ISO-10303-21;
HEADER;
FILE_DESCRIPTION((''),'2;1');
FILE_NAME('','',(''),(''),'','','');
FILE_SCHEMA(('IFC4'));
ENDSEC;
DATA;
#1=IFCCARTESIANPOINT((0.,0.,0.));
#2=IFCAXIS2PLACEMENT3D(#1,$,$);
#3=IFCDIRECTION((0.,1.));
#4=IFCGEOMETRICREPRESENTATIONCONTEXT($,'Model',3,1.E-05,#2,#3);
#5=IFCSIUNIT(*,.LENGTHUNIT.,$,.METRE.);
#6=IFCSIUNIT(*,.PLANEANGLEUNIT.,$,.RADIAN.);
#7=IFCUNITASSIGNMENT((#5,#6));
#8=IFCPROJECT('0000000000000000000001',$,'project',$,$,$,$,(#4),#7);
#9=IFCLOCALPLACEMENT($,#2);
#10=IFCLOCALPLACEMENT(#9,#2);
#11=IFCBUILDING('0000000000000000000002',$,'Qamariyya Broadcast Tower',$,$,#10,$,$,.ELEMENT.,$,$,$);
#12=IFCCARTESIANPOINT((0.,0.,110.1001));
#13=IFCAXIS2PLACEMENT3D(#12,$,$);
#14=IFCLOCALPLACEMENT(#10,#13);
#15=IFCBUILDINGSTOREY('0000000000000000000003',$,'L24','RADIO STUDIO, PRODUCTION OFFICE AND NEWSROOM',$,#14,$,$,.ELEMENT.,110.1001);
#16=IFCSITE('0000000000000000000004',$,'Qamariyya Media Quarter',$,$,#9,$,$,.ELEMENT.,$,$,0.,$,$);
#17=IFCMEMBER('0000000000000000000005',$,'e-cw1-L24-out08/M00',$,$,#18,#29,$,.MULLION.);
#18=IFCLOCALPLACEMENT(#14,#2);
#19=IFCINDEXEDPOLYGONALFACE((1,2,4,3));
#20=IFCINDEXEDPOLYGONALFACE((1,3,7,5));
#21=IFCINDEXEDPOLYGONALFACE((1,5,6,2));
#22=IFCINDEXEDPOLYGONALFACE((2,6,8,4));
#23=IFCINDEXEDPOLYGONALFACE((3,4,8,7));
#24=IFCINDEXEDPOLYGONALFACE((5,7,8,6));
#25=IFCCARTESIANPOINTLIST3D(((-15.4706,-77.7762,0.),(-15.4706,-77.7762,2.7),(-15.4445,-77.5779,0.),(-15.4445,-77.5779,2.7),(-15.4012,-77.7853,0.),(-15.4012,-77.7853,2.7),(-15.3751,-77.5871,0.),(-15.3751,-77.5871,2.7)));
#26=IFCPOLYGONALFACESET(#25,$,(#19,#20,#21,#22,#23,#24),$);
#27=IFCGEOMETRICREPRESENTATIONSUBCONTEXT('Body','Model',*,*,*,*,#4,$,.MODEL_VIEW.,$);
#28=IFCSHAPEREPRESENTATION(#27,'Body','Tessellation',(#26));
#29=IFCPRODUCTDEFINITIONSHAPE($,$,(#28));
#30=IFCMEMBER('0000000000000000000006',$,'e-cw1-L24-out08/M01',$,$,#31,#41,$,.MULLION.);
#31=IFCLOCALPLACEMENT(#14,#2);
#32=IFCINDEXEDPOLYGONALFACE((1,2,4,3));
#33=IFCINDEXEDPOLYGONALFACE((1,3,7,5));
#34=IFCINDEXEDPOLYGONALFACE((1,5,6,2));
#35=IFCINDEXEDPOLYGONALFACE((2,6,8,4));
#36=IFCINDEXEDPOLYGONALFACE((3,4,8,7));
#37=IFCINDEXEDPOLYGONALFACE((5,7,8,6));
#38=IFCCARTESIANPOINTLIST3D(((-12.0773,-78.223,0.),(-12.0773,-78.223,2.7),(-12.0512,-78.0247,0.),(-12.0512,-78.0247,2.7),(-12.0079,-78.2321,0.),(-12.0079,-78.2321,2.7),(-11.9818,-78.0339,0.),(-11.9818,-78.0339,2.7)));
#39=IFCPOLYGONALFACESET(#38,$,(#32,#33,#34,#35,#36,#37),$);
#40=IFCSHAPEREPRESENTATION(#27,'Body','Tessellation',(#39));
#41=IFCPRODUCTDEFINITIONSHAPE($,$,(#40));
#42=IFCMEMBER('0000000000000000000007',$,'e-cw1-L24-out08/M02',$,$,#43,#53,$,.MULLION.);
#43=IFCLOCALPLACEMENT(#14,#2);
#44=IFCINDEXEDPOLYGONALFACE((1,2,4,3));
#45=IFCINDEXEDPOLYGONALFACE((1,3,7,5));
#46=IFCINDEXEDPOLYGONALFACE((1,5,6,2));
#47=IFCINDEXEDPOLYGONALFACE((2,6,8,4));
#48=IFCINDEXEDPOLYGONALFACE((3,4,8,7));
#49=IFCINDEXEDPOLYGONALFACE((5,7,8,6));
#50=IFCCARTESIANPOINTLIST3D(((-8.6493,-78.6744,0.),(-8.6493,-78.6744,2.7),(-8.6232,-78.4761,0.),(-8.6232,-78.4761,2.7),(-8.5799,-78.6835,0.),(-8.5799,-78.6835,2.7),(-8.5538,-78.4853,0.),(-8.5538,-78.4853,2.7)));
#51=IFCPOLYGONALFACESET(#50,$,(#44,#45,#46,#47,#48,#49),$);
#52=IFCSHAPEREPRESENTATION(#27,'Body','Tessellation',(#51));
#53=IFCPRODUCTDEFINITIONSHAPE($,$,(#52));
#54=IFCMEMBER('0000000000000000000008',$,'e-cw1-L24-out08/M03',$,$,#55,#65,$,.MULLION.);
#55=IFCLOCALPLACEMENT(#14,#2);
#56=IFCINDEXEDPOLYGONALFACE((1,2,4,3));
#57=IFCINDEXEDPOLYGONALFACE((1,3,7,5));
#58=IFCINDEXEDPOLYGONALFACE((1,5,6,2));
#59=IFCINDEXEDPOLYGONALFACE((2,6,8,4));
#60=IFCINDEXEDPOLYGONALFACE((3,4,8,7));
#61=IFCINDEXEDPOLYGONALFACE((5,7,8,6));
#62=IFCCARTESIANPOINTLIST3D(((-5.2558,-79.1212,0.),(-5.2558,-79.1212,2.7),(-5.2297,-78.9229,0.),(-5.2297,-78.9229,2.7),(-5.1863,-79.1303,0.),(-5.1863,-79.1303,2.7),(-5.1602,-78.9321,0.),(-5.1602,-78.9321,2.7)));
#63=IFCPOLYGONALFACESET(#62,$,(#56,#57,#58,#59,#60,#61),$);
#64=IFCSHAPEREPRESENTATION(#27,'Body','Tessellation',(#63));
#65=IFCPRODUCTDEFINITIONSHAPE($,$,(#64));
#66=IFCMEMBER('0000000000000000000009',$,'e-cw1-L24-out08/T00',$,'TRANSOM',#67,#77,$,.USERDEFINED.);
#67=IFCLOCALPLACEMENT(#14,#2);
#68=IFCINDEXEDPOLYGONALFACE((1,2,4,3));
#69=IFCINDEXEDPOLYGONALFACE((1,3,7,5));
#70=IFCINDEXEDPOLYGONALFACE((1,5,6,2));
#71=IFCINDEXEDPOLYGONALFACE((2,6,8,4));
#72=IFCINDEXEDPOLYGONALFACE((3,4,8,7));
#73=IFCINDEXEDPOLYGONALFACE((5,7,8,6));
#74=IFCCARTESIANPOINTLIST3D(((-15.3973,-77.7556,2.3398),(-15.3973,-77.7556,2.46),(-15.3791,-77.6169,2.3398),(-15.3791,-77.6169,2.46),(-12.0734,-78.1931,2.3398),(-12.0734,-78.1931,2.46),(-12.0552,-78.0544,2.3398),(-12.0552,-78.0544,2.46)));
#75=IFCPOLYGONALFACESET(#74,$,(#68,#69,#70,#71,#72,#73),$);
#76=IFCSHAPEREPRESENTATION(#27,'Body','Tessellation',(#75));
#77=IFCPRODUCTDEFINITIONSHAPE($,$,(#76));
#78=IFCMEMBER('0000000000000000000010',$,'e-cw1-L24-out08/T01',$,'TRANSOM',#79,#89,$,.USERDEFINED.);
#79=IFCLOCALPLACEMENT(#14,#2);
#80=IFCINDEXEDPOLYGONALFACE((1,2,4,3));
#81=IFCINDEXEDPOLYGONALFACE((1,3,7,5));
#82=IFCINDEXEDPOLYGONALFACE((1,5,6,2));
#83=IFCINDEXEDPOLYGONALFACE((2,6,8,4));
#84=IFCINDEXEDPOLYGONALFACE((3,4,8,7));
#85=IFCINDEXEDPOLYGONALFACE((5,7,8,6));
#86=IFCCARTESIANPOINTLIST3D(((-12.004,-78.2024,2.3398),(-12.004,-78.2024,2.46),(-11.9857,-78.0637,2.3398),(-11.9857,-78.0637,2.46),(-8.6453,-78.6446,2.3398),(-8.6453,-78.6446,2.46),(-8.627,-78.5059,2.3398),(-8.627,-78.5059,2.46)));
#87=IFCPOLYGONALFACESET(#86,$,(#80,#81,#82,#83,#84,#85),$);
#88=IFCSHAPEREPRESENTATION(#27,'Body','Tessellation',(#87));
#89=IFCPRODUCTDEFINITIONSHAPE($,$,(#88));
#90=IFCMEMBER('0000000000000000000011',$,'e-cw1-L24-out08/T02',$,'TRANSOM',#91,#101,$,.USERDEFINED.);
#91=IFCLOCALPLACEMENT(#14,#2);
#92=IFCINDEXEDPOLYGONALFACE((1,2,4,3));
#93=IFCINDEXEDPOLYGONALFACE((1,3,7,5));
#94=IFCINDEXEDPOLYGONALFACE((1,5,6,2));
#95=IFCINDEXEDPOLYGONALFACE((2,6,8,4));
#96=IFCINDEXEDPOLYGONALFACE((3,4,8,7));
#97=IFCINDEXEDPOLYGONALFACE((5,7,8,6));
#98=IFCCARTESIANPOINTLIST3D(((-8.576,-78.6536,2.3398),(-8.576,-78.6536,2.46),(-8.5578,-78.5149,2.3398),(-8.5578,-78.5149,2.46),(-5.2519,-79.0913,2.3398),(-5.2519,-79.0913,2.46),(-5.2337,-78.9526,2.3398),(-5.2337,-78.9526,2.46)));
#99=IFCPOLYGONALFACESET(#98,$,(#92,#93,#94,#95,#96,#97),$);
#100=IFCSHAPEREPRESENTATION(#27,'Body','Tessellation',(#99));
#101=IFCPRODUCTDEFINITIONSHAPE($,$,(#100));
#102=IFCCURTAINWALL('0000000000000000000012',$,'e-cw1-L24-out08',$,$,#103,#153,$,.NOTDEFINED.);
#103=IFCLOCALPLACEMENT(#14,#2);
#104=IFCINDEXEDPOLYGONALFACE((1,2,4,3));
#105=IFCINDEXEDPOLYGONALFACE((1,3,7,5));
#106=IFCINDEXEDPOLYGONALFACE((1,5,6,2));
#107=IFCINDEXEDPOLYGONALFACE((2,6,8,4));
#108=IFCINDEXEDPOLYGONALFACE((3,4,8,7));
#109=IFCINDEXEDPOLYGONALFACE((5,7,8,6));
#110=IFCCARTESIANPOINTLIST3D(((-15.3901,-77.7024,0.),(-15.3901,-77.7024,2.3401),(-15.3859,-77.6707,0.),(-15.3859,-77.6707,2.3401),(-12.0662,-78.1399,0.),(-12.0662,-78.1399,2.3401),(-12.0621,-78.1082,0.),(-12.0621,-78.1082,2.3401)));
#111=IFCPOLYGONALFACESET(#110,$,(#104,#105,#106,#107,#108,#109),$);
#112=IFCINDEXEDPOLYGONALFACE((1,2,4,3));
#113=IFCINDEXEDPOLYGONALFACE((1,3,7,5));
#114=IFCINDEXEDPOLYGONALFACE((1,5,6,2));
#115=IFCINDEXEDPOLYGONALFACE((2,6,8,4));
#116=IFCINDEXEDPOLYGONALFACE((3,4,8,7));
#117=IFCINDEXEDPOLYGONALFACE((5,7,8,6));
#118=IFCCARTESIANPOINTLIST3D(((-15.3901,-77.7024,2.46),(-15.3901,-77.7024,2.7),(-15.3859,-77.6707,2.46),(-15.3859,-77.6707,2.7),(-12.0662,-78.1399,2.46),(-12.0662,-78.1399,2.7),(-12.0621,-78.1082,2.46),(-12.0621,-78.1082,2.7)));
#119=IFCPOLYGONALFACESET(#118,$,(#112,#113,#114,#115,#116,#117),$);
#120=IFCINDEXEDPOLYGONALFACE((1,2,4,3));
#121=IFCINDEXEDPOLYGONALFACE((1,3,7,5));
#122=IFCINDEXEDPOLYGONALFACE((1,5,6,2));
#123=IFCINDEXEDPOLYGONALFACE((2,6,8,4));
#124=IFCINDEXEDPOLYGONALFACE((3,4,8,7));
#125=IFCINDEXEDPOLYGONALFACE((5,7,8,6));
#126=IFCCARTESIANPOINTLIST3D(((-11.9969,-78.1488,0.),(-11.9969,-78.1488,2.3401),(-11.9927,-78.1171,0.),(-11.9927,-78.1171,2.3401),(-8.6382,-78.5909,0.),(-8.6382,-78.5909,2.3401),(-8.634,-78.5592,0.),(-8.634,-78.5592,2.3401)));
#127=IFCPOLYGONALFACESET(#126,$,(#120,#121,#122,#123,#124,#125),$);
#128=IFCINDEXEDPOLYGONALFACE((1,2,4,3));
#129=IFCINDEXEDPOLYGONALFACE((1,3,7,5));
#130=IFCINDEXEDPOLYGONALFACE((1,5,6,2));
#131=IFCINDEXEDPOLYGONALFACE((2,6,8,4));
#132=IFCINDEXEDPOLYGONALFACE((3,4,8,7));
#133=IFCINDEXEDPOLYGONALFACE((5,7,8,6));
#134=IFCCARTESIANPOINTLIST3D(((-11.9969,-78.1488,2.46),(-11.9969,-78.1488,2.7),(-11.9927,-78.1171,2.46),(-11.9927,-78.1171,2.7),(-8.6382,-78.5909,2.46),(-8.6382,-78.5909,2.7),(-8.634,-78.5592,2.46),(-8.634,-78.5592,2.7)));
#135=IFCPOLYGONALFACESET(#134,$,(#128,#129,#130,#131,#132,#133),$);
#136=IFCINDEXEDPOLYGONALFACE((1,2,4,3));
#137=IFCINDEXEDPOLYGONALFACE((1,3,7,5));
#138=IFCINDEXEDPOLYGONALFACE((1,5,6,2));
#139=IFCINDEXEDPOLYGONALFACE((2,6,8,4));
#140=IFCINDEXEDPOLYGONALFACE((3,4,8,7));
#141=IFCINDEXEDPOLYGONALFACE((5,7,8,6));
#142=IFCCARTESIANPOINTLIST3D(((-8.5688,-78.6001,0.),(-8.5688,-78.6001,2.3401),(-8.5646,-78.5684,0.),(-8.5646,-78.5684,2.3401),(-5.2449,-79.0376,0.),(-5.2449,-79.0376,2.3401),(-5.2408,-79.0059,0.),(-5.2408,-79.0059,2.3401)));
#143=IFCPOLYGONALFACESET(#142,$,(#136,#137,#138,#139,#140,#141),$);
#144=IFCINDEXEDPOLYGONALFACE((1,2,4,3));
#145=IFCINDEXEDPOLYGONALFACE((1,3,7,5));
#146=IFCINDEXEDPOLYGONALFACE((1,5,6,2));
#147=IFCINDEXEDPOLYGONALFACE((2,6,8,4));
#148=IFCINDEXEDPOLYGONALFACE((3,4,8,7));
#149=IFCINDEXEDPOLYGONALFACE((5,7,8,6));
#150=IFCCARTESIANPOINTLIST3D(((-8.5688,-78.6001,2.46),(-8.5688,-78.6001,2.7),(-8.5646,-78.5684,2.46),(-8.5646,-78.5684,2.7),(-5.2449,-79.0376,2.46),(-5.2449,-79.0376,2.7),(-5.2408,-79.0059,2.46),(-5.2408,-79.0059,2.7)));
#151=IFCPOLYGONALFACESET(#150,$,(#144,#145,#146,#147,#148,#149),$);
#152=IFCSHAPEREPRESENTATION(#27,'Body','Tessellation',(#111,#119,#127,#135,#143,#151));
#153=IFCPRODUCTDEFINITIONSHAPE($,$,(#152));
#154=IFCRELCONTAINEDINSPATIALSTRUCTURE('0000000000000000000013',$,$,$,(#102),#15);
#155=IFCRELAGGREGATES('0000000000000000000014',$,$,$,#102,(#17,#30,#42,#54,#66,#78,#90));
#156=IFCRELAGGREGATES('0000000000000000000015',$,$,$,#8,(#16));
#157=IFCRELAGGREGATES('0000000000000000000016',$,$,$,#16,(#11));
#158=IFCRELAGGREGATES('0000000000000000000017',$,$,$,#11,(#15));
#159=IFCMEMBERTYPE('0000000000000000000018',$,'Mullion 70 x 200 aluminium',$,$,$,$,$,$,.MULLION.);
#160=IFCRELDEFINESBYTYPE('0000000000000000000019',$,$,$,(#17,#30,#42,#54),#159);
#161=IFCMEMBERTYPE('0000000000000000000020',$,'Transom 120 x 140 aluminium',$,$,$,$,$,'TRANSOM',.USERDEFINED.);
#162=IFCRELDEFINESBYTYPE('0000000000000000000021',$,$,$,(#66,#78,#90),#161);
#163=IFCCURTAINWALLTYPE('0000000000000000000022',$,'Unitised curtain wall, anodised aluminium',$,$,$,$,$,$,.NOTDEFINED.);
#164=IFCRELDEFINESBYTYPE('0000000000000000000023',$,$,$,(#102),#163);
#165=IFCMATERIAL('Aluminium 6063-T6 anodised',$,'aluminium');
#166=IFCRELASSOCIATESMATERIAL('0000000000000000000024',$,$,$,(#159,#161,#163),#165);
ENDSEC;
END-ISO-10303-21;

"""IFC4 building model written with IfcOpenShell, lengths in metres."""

from ifc_helpers import new_model, si_unit, direction, frame, origin, origin_2d, place, context, subcontext, project, spatial, rectangle, extrude, material, material_profile, profile_set, type_object, element, aggregate, save


model = new_model("IFC4")

# Units and contexts
model_context = context("Model", 3, precision=1e-05, world=origin(), true_north=direction((0.0, 1.0)))
body_context = subcontext(model_context, "Body", "Model", "MODEL_VIEW")
ifc_project = project(units=[si_unit("LENGTHUNIT", "METRE"), si_unit("PLANEANGLEUNIT", "RADIAN")], contexts=[model_context])

# Members
ifc_material = material(Name="Aluminium 6063-T6 anodised", Category="aluminium")
ifc_material_profile_1 = material_profile(ifc_material, rectangle(XDim=0.2, YDim=0.0701, at=origin_2d()))
ifc_profile_set_1 = profile_set([ifc_material_profile_1], Name="Aluminium 6063-T6 anodised")
member_type_1 = type_object("IfcMemberType", Name="Mullion 70 x 200 aluminium", PredefinedType="MULLION", material=ifc_profile_set_1)
site_placement = place(None, origin())
building_placement = place(site_placement, origin())
storey_placement = place(building_placement, frame((0.0, 0.0, 110.1001)))
member_1_placement = place(storey_placement, frame((-15.4229, -77.6816, 0.0), z_axis=(0.0, 0.0, 1.0), x_axis=(0.130526, 0.991445, 0.0)))
member_1 = element("IfcMember", 1, at=member_1_placement, type_object=member_type_1, Name="e-cw1-L24-out08/M00", PredefinedType="MULLION", context=body_context, shape_type="SweptSolid", body=[
    extrude(rectangle(XDim=0.2, YDim=0.0701, at=origin_2d()), origin(), (0.0, 0.0, 1.0), 2.7),
])
member_2_placement = place(storey_placement, frame((-12.0295, -78.1284, 0.0), z_axis=(0.0, 0.0, 1.0), x_axis=(0.130526, 0.991445, 0.0)))
member_2 = element("IfcMember", 2, at=member_2_placement, type_object=member_type_1, Name="e-cw1-L24-out08/M01", PredefinedType="MULLION", context=body_context, shape_type="SweptSolid", body=[
    extrude(rectangle(XDim=0.2, YDim=0.0701, at=origin_2d()), origin(), (0.0, 0.0, 1.0), 2.7),
])
member_3_placement = place(storey_placement, frame((-8.6016, -78.5798, 0.0), z_axis=(0.0, 0.0, 1.0), x_axis=(0.130526, 0.991445, 0.0)))
member_3 = element("IfcMember", 3, at=member_3_placement, type_object=member_type_1, Name="e-cw1-L24-out08/M02", PredefinedType="MULLION", context=body_context, shape_type="SweptSolid", body=[
    extrude(rectangle(XDim=0.2, YDim=0.0701, at=origin_2d()), origin(), (0.0, 0.0, 1.0), 2.7),
])
member_4_placement = place(storey_placement, frame((-5.208, -79.0266, 0.0), z_axis=(0.0, 0.0, 1.0), x_axis=(0.130526, 0.991445, 0.0)))
member_4 = element("IfcMember", 4, at=member_4_placement, type_object=member_type_1, Name="e-cw1-L24-out08/M03", PredefinedType="MULLION", context=body_context, shape_type="SweptSolid", body=[
    extrude(rectangle(XDim=0.2, YDim=0.0701, at=origin_2d()), origin(), (0.0, 0.0, 1.0), 2.7),
])
ifc_material_profile_2 = material_profile(ifc_material, rectangle(XDim=0.1399, YDim=0.1201, at=origin_2d()))
ifc_profile_set_2 = profile_set([ifc_material_profile_2], Name="Aluminium 6063-T6 anodised")
member_type_2 = type_object("IfcMemberType", Name="Transom 120 x 140 aluminium", ElementType="TRANSOM", PredefinedType="USERDEFINED", material=ifc_profile_set_2)
member_5_placement = place(storey_placement, frame((-15.3882, -77.6863, 2.3999), z_axis=(0.991449, -0.130494, 0.0), x_axis=(0.130494, 0.991449, 0.0)))
member_5 = element("IfcMember", 5, at=member_5_placement, type_object=member_type_2, Name="e-cw1-L24-out08/T00", ObjectType="TRANSOM", PredefinedType="USERDEFINED", context=body_context, shape_type="SweptSolid", body=[
    extrude(rectangle(XDim=0.1399, YDim=0.1201, at=origin_2d()), origin(), (0.0, 0.0, 1.0), 3.3525),
])
member_6_placement = place(storey_placement, frame((-11.9949, -78.1331, 2.3999), z_axis=(0.991446, -0.130516, 0.0), x_axis=(0.130516, 0.991446, 0.0)))
member_6 = element("IfcMember", 6, at=member_6_placement, type_object=member_type_2, Name="e-cw1-L24-out08/T01", ObjectType="TRANSOM", PredefinedType="USERDEFINED", context=body_context, shape_type="SweptSolid", body=[
    extrude(rectangle(XDim=0.1399, YDim=0.1201, at=origin_2d()), origin(), (0.0, 0.0, 1.0), 3.3877),
])
member_7_placement = place(storey_placement, frame((-8.5669, -78.5842, 2.3999), z_axis=(0.99144, -0.130566, 0.0), x_axis=(0.130566, 0.99144, 0.0)))
member_7 = element("IfcMember", 7, at=member_7_placement, type_object=member_type_2, Name="e-cw1-L24-out08/T02", ObjectType="TRANSOM", PredefinedType="USERDEFINED", context=body_context, shape_type="SweptSolid", body=[
    extrude(rectangle(XDim=0.1399, YDim=0.1201, at=origin_2d()), origin(), (0.0, 0.0, 1.0), 3.3528),
])

# Site, building, storey
site = spatial("IfcSite", under=ifc_project, at=site_placement, Name="Qamariyya Media Quarter", CompositionType="ELEMENT", RefElevation=0.0)
building = spatial("IfcBuilding", under=site, at=building_placement, Name="Qamariyya Broadcast Tower", CompositionType="ELEMENT")
storey = spatial("IfcBuildingStorey", under=building, at=storey_placement, Name="L24", Description="RADIO STUDIO, PRODUCTION OFFICE AND NEWSROOM", CompositionType="ELEMENT", Elevation=110.1001)

# Curtain wall
curtain_wall_type = type_object("IfcCurtainWallType", Name="Unitised curtain wall, anodised aluminium", PredefinedType="NOTDEFINED", material=ifc_material)
curtain_wall_1_placement = place(storey_placement, origin())
curtain_wall_1 = element("IfcCurtainWall", 8, at=curtain_wall_1_placement, inside=storey, type_object=curtain_wall_type, Name="e-cw1-L24-out08", PredefinedType="NOTDEFINED", context=body_context, shape_type="SweptSolid", body=[
    extrude(rectangle(XDim=3.3525, YDim=0.032, at=origin_2d()), frame((-13.7261, -77.9053, 0.0), x_axis=(0.991447, -0.130509, 0.0)), (0.0, 0.0, 1.0), 2.3401),
    extrude(rectangle(XDim=3.3525, YDim=0.032, at=origin_2d()), frame((-13.7261, -77.9053, 2.46), x_axis=(0.991447, -0.130509, 0.0)), (0.0, 0.0, 1.0), 0.24),
    extrude(rectangle(XDim=3.3877, YDim=0.032, at=origin_2d()), frame((-10.3154, -78.354, 0.0), x_axis=(0.991447, -0.130509, 0.0)), (0.0, 0.0, 1.0), 2.3401),
    extrude(rectangle(XDim=3.3877, YDim=0.032, at=origin_2d()), frame((-10.3154, -78.354, 2.46), x_axis=(0.991447, -0.130509, 0.0)), (0.0, 0.0, 1.0), 0.24),
    extrude(rectangle(XDim=3.3525, YDim=0.032, at=origin_2d()), frame((-6.9048, -78.803, 0.0), x_axis=(0.991447, -0.130509, 0.0)), (0.0, 0.0, 1.0), 2.3401),
    extrude(rectangle(XDim=3.3525, YDim=0.032, at=origin_2d()), frame((-6.9048, -78.803, 2.46), x_axis=(0.991447, -0.130509, 0.0)), (0.0, 0.0, 1.0), 0.24),
])
aggregate(curtain_wall_1, [member_1, member_2, member_3, member_4, member_5, member_6, member_7])

save(model, "model.ifc")
